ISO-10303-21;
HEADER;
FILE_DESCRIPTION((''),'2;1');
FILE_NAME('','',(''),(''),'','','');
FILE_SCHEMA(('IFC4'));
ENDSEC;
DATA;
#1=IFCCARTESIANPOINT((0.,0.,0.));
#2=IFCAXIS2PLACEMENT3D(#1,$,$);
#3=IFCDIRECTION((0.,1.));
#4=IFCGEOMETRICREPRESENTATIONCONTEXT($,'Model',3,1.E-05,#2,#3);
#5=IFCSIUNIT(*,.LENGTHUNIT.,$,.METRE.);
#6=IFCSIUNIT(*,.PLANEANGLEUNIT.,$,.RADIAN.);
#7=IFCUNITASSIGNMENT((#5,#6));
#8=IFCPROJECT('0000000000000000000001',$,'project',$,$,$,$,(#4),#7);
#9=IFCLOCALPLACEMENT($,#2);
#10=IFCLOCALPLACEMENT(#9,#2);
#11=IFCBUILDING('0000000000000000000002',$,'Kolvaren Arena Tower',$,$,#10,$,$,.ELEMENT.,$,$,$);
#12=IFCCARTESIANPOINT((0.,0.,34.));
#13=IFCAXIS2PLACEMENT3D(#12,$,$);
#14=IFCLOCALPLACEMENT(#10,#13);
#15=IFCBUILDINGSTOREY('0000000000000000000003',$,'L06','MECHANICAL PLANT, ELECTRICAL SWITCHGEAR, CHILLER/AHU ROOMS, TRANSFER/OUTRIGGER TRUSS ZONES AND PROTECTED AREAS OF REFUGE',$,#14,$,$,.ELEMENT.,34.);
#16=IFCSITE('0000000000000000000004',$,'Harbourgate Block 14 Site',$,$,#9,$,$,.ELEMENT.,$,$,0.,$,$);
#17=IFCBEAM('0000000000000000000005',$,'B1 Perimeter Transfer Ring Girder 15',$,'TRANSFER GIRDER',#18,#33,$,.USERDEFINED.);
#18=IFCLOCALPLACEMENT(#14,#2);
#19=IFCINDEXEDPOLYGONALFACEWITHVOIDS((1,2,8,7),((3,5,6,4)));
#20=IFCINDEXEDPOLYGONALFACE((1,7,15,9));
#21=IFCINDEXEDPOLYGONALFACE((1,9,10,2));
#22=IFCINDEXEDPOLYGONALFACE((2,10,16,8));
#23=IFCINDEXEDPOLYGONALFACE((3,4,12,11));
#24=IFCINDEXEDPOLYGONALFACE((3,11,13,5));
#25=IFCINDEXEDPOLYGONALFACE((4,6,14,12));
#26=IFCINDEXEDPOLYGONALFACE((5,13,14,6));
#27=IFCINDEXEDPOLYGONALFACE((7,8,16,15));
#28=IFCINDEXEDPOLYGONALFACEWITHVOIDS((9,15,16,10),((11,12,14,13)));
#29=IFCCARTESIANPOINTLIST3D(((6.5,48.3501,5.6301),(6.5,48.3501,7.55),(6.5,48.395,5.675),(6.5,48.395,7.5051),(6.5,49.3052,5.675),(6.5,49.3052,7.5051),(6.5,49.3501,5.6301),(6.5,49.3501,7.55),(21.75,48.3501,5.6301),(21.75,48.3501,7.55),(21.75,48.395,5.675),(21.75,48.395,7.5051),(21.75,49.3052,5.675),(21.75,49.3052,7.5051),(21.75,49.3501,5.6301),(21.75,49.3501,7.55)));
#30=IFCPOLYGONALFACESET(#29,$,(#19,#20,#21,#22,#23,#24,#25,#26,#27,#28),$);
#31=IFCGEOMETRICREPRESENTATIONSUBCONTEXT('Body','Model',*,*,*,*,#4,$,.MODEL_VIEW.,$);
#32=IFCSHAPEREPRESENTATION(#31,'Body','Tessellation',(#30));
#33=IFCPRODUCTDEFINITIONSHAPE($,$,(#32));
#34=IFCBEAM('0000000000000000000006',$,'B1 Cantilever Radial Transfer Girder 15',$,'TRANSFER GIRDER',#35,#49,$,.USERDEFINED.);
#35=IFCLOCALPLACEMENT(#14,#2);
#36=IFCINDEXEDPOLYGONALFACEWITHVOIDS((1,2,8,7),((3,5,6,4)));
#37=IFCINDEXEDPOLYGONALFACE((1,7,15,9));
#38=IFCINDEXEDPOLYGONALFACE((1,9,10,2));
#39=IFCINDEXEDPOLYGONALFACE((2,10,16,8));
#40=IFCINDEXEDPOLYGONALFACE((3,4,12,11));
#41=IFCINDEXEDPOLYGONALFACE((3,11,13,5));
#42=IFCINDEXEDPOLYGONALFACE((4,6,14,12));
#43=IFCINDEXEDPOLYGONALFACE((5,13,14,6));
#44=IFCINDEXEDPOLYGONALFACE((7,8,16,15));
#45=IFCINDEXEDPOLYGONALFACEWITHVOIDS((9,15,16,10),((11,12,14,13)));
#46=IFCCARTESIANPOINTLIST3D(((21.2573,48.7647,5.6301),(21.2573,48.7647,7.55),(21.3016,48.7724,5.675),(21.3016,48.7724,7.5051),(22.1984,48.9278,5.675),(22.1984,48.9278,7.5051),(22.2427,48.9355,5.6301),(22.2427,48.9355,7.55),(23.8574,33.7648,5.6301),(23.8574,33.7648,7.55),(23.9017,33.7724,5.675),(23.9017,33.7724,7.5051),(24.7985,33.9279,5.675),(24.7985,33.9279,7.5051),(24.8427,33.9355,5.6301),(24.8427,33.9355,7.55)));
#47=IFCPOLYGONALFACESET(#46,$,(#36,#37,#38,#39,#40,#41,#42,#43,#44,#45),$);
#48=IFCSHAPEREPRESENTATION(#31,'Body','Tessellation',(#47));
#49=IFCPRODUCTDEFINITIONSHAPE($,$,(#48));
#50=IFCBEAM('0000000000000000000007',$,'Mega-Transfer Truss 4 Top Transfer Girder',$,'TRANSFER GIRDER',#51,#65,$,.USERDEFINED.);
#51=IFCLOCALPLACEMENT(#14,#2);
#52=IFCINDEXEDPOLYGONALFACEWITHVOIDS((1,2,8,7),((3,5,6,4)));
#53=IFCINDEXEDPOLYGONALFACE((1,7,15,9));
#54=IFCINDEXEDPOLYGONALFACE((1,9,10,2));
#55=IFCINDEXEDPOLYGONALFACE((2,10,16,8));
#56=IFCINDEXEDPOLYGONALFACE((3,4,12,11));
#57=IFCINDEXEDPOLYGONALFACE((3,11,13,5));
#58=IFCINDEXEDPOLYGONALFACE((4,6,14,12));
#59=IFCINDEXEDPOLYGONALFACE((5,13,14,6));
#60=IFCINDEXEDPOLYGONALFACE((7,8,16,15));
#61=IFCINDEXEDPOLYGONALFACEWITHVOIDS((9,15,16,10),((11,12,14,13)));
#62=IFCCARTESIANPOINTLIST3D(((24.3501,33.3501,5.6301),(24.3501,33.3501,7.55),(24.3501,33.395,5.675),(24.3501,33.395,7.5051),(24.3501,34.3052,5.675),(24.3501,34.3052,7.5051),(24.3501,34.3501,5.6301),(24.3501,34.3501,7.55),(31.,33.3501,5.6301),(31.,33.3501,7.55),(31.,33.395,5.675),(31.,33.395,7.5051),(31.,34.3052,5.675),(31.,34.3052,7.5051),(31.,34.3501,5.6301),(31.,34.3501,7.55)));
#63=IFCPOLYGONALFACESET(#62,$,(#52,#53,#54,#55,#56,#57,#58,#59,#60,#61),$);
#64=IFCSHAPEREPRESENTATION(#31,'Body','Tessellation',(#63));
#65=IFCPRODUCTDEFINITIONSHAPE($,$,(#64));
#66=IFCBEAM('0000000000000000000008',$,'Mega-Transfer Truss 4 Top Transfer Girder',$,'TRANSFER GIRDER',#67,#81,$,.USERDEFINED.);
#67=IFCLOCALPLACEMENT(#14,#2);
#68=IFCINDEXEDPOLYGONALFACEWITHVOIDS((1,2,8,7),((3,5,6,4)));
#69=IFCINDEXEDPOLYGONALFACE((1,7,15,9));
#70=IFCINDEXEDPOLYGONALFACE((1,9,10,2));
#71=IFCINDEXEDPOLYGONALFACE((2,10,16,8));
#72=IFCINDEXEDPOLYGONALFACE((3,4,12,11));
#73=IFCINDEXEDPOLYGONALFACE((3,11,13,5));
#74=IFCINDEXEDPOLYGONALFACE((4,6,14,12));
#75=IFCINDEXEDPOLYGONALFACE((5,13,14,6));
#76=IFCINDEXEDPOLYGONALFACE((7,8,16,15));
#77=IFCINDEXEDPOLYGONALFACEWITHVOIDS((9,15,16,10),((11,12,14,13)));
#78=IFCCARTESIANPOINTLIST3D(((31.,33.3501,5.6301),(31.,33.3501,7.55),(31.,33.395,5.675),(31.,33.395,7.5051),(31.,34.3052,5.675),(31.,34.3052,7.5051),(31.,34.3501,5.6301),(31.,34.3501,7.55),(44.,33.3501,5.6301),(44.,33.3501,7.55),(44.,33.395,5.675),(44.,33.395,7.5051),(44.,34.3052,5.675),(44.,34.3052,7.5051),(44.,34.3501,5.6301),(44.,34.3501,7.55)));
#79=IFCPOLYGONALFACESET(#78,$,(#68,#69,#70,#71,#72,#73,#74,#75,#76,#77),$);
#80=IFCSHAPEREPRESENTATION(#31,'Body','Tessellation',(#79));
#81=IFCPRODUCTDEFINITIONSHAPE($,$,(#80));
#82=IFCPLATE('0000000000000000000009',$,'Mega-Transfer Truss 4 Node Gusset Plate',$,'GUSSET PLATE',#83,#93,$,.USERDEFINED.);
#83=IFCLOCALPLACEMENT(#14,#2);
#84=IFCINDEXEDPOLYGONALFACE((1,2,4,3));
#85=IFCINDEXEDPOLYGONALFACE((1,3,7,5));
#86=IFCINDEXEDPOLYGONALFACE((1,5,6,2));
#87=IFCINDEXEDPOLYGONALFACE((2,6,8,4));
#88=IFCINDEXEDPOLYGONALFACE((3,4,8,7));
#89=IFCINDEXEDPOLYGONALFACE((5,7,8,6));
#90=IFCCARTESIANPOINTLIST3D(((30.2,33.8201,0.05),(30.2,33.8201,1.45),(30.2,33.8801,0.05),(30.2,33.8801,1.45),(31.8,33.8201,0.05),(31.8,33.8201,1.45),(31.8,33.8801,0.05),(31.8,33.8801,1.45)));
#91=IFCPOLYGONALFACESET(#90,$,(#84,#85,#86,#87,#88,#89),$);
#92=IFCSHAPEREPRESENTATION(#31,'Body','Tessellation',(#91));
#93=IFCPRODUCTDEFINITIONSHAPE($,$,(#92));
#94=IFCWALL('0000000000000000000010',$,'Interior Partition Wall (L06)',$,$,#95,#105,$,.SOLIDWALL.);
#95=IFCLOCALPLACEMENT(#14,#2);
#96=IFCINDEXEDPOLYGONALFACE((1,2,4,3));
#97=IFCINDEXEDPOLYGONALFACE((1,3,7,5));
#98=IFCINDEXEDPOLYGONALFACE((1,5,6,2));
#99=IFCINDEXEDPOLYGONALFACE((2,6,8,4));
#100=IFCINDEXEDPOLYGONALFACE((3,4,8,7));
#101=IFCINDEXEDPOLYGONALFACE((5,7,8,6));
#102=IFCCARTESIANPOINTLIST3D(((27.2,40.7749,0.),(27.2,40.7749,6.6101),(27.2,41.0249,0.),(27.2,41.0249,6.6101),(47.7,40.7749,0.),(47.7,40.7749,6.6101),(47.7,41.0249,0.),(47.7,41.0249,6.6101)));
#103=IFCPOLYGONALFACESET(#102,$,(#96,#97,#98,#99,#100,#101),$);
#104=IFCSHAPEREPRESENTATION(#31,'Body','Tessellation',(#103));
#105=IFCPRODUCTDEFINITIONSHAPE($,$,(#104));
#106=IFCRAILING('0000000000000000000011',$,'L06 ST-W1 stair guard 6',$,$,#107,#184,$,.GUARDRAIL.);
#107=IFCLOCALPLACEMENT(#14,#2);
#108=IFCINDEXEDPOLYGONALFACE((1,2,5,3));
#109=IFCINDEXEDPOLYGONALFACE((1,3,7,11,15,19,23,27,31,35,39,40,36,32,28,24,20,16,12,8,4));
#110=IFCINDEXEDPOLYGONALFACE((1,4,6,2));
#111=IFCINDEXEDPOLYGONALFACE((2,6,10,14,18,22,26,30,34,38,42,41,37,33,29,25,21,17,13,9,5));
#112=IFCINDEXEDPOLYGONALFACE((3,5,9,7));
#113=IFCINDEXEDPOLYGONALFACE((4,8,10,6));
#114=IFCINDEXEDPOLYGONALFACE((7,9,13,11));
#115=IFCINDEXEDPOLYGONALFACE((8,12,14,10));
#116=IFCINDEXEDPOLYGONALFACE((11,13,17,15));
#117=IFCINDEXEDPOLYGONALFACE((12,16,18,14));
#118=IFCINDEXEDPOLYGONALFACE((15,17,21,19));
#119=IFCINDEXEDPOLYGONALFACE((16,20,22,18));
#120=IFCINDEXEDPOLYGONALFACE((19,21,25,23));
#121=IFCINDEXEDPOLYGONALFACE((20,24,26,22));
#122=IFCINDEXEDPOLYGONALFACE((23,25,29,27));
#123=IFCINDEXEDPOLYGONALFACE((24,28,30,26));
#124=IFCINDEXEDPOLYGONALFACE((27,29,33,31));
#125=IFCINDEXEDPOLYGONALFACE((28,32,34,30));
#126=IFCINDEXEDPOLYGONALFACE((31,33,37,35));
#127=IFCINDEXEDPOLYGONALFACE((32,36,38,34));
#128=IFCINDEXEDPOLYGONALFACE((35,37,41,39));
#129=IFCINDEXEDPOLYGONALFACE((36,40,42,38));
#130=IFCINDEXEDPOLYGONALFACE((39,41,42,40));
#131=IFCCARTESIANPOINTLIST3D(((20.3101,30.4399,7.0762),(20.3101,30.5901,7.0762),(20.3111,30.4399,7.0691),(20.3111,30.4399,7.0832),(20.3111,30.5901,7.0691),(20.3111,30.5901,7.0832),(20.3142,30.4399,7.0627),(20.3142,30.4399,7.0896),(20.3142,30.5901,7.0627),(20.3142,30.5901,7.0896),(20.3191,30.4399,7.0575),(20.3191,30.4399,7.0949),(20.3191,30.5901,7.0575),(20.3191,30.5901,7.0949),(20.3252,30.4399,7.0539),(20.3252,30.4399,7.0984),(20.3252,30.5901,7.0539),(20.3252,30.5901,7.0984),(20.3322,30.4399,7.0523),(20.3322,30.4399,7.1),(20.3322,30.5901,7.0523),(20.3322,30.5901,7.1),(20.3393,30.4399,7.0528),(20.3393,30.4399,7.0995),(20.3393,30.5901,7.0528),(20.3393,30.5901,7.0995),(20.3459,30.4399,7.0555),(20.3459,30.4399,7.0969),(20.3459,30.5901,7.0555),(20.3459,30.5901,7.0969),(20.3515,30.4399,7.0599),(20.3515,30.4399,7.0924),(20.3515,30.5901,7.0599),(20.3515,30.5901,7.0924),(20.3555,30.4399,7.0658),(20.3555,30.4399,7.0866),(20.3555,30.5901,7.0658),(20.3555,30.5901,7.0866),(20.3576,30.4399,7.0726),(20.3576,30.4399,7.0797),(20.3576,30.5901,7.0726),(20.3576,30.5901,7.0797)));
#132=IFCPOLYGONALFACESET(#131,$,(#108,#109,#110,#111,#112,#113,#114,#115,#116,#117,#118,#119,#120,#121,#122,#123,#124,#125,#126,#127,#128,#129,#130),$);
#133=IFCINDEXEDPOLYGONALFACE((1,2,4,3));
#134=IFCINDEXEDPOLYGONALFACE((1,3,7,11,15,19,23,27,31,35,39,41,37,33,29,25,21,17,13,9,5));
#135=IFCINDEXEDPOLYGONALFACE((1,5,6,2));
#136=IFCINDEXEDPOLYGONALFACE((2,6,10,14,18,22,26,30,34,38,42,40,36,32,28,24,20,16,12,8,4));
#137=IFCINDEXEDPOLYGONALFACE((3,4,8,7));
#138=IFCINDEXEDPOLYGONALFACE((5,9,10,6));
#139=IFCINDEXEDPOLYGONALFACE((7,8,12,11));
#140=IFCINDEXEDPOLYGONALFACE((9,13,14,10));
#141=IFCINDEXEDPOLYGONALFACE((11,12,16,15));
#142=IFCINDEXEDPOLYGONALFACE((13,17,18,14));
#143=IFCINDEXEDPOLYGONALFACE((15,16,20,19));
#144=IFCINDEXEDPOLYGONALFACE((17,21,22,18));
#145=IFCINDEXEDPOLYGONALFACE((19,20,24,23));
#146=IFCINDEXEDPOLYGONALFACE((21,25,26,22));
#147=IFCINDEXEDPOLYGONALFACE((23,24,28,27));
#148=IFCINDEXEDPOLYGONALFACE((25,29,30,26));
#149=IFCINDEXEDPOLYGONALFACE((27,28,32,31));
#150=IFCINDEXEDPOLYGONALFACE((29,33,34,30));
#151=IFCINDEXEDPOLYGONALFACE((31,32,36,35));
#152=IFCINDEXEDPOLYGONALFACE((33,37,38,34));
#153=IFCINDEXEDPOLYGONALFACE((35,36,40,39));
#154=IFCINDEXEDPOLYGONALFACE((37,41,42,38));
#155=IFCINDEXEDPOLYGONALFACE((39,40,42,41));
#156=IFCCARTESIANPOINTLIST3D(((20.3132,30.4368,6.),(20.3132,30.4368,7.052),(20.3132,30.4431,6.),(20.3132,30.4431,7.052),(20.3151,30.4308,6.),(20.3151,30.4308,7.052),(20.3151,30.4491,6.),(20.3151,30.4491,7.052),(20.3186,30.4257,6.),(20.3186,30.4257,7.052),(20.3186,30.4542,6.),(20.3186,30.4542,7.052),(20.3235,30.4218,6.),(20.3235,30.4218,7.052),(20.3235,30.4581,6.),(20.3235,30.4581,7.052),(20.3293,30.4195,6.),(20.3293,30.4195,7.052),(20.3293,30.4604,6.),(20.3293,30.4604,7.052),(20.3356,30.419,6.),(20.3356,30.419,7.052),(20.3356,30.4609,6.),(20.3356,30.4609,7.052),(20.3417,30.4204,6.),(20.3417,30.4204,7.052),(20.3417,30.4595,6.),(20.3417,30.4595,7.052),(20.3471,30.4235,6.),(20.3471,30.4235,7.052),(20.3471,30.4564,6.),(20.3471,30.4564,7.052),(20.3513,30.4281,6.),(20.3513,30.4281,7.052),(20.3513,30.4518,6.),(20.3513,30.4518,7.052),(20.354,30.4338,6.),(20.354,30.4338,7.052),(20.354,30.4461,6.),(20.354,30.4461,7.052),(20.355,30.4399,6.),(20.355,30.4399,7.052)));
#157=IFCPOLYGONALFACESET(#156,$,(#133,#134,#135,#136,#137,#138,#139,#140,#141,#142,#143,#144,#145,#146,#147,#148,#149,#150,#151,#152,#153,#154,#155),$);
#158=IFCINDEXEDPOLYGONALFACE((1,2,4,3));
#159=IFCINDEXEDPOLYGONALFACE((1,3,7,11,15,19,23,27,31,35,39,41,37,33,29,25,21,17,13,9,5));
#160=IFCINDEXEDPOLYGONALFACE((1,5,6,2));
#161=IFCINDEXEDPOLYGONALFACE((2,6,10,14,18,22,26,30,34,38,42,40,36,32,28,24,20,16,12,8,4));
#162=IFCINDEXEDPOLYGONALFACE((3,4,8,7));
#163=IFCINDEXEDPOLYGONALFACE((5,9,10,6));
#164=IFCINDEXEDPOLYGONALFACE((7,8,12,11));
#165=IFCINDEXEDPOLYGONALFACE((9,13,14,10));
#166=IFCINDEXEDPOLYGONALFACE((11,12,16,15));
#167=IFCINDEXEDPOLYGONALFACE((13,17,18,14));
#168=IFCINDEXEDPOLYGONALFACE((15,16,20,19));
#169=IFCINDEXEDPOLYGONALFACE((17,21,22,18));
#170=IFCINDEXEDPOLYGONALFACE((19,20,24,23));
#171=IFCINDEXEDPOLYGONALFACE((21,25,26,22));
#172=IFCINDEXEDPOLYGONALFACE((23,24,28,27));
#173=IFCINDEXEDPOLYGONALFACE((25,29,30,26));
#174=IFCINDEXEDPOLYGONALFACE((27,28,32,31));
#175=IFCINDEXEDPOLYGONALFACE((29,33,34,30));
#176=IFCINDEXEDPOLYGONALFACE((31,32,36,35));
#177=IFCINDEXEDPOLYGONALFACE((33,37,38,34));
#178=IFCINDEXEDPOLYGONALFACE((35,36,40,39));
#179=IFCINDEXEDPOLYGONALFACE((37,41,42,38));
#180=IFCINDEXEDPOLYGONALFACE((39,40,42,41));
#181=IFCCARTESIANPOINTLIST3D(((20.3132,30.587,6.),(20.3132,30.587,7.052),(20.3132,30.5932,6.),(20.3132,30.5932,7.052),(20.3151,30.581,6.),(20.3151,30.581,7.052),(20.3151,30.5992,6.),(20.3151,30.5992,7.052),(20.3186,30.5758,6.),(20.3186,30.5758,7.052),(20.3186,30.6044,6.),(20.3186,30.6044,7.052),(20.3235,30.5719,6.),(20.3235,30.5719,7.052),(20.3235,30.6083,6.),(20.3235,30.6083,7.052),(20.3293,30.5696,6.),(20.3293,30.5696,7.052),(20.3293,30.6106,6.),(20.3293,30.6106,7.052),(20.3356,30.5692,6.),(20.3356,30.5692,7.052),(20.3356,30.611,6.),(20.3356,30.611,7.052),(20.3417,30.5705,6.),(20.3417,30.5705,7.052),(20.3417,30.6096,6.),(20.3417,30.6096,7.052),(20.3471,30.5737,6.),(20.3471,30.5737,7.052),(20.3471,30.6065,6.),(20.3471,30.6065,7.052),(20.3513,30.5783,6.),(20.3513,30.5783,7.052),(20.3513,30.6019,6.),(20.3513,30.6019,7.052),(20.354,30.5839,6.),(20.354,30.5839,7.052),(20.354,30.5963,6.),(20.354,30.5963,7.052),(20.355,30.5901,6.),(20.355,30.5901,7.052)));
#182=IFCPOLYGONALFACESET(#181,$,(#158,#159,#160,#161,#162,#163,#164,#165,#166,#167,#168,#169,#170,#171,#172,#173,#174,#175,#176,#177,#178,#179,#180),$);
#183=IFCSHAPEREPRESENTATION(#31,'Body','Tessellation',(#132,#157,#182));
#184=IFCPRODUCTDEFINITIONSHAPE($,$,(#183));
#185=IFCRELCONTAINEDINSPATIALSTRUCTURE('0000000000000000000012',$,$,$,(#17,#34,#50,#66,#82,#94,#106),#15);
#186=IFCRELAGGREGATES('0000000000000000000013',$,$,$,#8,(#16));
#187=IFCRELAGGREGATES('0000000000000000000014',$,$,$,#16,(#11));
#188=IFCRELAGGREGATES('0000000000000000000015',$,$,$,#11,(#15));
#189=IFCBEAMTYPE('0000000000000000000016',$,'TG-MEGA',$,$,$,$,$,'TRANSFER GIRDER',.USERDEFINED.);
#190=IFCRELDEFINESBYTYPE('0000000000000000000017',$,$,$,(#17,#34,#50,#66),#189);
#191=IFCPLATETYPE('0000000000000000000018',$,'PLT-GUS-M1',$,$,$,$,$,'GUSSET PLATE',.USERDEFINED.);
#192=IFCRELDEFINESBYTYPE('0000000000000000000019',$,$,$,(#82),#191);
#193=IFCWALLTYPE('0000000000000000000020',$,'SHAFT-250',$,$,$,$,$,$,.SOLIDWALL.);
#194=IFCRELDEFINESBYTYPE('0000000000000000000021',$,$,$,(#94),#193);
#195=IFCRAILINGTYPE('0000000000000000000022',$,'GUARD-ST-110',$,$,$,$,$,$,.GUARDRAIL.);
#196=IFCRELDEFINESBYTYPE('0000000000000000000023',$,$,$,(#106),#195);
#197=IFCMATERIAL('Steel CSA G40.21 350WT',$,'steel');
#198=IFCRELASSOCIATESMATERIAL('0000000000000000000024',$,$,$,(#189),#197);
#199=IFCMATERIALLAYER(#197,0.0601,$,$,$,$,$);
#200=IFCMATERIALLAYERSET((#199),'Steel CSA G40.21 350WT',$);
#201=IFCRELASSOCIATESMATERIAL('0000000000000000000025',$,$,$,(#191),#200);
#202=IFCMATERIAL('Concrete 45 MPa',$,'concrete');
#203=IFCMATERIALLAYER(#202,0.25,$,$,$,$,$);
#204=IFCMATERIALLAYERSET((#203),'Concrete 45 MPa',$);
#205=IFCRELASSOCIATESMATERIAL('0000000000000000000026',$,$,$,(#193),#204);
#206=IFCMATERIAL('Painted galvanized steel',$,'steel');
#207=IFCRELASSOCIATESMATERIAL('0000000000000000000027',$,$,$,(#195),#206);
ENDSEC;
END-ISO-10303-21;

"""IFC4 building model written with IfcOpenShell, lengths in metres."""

from ifc_helpers import new_model, si_unit, direction, frame, frame_2d, origin, origin_2d, place, context, subcontext, project, spatial, rectangle, hollow_rectangle, circle, extrude, material, layer, layer_set, material_profile, profile_set, type_object, element, save


model = new_model("IFC4")

# Units and contexts
model_context = context("Model", 3, precision=1e-05, world=origin(), true_north=direction((0.0, 1.0)))
body_context = subcontext(model_context, "Body", "Model", "MODEL_VIEW")
ifc_project = project(units=[si_unit("LENGTHUNIT", "METRE"), si_unit("PLANEANGLEUNIT", "RADIAN")], contexts=[model_context])

# Site, building, storey
site_placement = place(None, origin())
site = spatial("IfcSite", under=ifc_project, at=site_placement, Name="Harbourgate Block 14 Site", CompositionType="ELEMENT", RefElevation=0.0)
building_placement = place(site_placement, origin())
building = spatial("IfcBuilding", under=site, at=building_placement, Name="Kolvaren Arena Tower", CompositionType="ELEMENT")
storey_placement = place(building_placement, frame((0.0, 0.0, 34.0)))
storey = spatial("IfcBuildingStorey", under=building, at=storey_placement, Name="L06", Description="MECHANICAL PLANT, ELECTRICAL SWITCHGEAR, CHILLER/AHU ROOMS, TRANSFER/OUTRIGGER TRUSS ZONES AND PROTECTED AREAS OF REFUGE", CompositionType="ELEMENT", Elevation=34.0)

# Shared definitions
ifc_material_1 = material(Name="Steel CSA G40.21 350WT", Category="steel")

# Beams
ifc_material_profile_1 = material_profile(ifc_material_1, hollow_rectangle(XDim=1.0, YDim=1.9199, WallThickness=0.0449, at=origin_2d()), Name="BOX 1000x1920x45")
ifc_profile_set_1 = profile_set([ifc_material_profile_1], Name="Steel CSA G40.21 350WT")
beam_type_1 = type_object("IfcBeamType", Name="TG-MEGA", ElementType="TRANSFER GIRDER", PredefinedType="USERDEFINED", material=ifc_profile_set_1)
beam_1_placement = place(storey_placement, frame((21.75, 48.8501, 6.5901), z_axis=(-1.0, 0.0, 0.0), x_axis=(0.0, -1.0, 0.0)))
element("IfcBeam", 1, at=beam_1_placement, inside=storey, type_object=beam_type_1, Name="B1 Perimeter Transfer Ring Girder 15", ObjectType="TRANSFER GIRDER", PredefinedType="USERDEFINED", context=body_context, shape_type="SweptSolid", body=[
    extrude(hollow_rectangle(XDim=1.0, YDim=1.9199, WallThickness=0.0449, at=origin_2d()), origin(), (0.0, 0.0, 1.0), 15.25),
])
beam_2_placement = place(storey_placement, frame((21.75, 48.8501, 6.5901), z_axis=(0.170793, -0.985307, 0.0), x_axis=(0.985307, 0.170793, 0.0)))
element("IfcBeam", 2, at=beam_2_placement, inside=storey, type_object=beam_type_1, Name="B1 Cantilever Radial Transfer Girder 15", ObjectType="TRANSFER GIRDER", PredefinedType="USERDEFINED", context=body_context, shape_type="SweptSolid", body=[
    extrude(hollow_rectangle(XDim=1.0, YDim=1.9199, WallThickness=0.0449, at=origin_2d()), origin(), (0.0, 0.0, 1.0), 15.2236),
])
beam_3_placement = place(storey_placement, frame((24.3501, 33.8501, 6.5901), z_axis=(1.0, 0.0, 0.0), x_axis=(0.0, 1.0, 0.0)))
element("IfcBeam", 3, at=beam_3_placement, inside=storey, type_object=beam_type_1, Name="Mega-Transfer Truss 4 Top Transfer Girder", ObjectType="TRANSFER GIRDER", PredefinedType="USERDEFINED", context=body_context, shape_type="SweptSolid", body=[
    extrude(hollow_rectangle(XDim=1.0, YDim=1.9199, WallThickness=0.0449, at=origin_2d()), origin(), (0.0, 0.0, 1.0), 6.6499),
])
beam_4_placement = place(storey_placement, frame((31.0, 33.8501, 6.5901), z_axis=(1.0, 0.0, 0.0), x_axis=(0.0, 1.0, 0.0)))
element("IfcBeam", 4, at=beam_4_placement, inside=storey, type_object=beam_type_1, Name="Mega-Transfer Truss 4 Top Transfer Girder", ObjectType="TRANSFER GIRDER", PredefinedType="USERDEFINED", context=body_context, shape_type="SweptSolid", body=[
    extrude(hollow_rectangle(XDim=1.0, YDim=1.9199, WallThickness=0.0449, at=origin_2d()), origin(), (0.0, 0.0, 1.0), 13.0),
])

# Plate
ifc_layer_1 = layer(ifc_material_1, 0.0601)
ifc_layer_set_1 = layer_set([ifc_layer_1], Name="Steel CSA G40.21 350WT")
plate_type = type_object("IfcPlateType", Name="PLT-GUS-M1", ElementType="GUSSET PLATE", PredefinedType="USERDEFINED", material=ifc_layer_set_1)
plate_placement = place(storey_placement, frame((31.0, 33.8501, 0.05), z_axis=(0.0, 0.0, 1.0), x_axis=(1.0, 0.0, 0.0)))
element("IfcPlate", 5, at=plate_placement, inside=storey, type_object=plate_type, Name="Mega-Transfer Truss 4 Node Gusset Plate", ObjectType="GUSSET PLATE", PredefinedType="USERDEFINED", context=body_context, shape_type="SweptSolid", body=[
    extrude(rectangle(XDim=1.6001, YDim=0.0601, at=origin_2d()), origin(), (0.0, 0.0, 1.0), 1.3999),
])

# Wall
ifc_material_2 = material(Name="Concrete 45 MPa", Category="concrete")
ifc_layer_2 = layer(ifc_material_2, 0.25)
ifc_layer_set_2 = layer_set([ifc_layer_2], Name="Concrete 45 MPa")
wall_type = type_object("IfcWallType", Name="SHAFT-250", PredefinedType="SOLIDWALL", material=ifc_layer_set_2)
wall_placement = place(storey_placement, frame((27.2, 40.8999, 0.0), z_axis=(0.0, 0.0, 1.0), x_axis=(1.0, 0.0, 0.0)))
element("IfcWall", 6, at=wall_placement, inside=storey, type_object=wall_type, Name="Interior Partition Wall (L06)", PredefinedType="SOLIDWALL", context=body_context, shape_type="SweptSolid", body=[
    extrude(rectangle(XDim=20.5, YDim=0.25, at=frame_2d((10.25, 0.0))), origin(), (0.0, 0.0, 1.0), 6.6101),
])

# Railing
ifc_material_3 = material(Name="Painted galvanized steel", Category="steel")
railing_type_1 = type_object("IfcRailingType", Name="GUARD-ST-110", PredefinedType="GUARDRAIL", material=ifc_material_3)
railing_1_placement = place(storey_placement, frame((20.334, 30.4399, 6.0)))
element("IfcRailing", 7, at=railing_1_placement, inside=storey, type_object=railing_type_1, Name="L06 ST-W1 stair guard 6", PredefinedType="GUARDRAIL", context=body_context, shape_type="SweptSolid", body=[
    extrude(circle(Radius=0.0239, at=origin_2d()), frame((0.0, 0.0, 1.0762), z_axis=(0.0, 1.0, 0.0), x_axis=(-1.0, 0.0, 0.0)), (0.0, 0.0, 1.0), 0.1501),
    extrude(circle(Radius=0.021, at=origin_2d()), origin(), (0.0, 0.0, 1.0), 1.052),
    extrude(circle(Radius=0.021, at=origin_2d()), frame((0.0, 0.1501, 0.0)), (0.0, 0.0, 1.0), 1.052),
])

save(model, "model.ifc")
